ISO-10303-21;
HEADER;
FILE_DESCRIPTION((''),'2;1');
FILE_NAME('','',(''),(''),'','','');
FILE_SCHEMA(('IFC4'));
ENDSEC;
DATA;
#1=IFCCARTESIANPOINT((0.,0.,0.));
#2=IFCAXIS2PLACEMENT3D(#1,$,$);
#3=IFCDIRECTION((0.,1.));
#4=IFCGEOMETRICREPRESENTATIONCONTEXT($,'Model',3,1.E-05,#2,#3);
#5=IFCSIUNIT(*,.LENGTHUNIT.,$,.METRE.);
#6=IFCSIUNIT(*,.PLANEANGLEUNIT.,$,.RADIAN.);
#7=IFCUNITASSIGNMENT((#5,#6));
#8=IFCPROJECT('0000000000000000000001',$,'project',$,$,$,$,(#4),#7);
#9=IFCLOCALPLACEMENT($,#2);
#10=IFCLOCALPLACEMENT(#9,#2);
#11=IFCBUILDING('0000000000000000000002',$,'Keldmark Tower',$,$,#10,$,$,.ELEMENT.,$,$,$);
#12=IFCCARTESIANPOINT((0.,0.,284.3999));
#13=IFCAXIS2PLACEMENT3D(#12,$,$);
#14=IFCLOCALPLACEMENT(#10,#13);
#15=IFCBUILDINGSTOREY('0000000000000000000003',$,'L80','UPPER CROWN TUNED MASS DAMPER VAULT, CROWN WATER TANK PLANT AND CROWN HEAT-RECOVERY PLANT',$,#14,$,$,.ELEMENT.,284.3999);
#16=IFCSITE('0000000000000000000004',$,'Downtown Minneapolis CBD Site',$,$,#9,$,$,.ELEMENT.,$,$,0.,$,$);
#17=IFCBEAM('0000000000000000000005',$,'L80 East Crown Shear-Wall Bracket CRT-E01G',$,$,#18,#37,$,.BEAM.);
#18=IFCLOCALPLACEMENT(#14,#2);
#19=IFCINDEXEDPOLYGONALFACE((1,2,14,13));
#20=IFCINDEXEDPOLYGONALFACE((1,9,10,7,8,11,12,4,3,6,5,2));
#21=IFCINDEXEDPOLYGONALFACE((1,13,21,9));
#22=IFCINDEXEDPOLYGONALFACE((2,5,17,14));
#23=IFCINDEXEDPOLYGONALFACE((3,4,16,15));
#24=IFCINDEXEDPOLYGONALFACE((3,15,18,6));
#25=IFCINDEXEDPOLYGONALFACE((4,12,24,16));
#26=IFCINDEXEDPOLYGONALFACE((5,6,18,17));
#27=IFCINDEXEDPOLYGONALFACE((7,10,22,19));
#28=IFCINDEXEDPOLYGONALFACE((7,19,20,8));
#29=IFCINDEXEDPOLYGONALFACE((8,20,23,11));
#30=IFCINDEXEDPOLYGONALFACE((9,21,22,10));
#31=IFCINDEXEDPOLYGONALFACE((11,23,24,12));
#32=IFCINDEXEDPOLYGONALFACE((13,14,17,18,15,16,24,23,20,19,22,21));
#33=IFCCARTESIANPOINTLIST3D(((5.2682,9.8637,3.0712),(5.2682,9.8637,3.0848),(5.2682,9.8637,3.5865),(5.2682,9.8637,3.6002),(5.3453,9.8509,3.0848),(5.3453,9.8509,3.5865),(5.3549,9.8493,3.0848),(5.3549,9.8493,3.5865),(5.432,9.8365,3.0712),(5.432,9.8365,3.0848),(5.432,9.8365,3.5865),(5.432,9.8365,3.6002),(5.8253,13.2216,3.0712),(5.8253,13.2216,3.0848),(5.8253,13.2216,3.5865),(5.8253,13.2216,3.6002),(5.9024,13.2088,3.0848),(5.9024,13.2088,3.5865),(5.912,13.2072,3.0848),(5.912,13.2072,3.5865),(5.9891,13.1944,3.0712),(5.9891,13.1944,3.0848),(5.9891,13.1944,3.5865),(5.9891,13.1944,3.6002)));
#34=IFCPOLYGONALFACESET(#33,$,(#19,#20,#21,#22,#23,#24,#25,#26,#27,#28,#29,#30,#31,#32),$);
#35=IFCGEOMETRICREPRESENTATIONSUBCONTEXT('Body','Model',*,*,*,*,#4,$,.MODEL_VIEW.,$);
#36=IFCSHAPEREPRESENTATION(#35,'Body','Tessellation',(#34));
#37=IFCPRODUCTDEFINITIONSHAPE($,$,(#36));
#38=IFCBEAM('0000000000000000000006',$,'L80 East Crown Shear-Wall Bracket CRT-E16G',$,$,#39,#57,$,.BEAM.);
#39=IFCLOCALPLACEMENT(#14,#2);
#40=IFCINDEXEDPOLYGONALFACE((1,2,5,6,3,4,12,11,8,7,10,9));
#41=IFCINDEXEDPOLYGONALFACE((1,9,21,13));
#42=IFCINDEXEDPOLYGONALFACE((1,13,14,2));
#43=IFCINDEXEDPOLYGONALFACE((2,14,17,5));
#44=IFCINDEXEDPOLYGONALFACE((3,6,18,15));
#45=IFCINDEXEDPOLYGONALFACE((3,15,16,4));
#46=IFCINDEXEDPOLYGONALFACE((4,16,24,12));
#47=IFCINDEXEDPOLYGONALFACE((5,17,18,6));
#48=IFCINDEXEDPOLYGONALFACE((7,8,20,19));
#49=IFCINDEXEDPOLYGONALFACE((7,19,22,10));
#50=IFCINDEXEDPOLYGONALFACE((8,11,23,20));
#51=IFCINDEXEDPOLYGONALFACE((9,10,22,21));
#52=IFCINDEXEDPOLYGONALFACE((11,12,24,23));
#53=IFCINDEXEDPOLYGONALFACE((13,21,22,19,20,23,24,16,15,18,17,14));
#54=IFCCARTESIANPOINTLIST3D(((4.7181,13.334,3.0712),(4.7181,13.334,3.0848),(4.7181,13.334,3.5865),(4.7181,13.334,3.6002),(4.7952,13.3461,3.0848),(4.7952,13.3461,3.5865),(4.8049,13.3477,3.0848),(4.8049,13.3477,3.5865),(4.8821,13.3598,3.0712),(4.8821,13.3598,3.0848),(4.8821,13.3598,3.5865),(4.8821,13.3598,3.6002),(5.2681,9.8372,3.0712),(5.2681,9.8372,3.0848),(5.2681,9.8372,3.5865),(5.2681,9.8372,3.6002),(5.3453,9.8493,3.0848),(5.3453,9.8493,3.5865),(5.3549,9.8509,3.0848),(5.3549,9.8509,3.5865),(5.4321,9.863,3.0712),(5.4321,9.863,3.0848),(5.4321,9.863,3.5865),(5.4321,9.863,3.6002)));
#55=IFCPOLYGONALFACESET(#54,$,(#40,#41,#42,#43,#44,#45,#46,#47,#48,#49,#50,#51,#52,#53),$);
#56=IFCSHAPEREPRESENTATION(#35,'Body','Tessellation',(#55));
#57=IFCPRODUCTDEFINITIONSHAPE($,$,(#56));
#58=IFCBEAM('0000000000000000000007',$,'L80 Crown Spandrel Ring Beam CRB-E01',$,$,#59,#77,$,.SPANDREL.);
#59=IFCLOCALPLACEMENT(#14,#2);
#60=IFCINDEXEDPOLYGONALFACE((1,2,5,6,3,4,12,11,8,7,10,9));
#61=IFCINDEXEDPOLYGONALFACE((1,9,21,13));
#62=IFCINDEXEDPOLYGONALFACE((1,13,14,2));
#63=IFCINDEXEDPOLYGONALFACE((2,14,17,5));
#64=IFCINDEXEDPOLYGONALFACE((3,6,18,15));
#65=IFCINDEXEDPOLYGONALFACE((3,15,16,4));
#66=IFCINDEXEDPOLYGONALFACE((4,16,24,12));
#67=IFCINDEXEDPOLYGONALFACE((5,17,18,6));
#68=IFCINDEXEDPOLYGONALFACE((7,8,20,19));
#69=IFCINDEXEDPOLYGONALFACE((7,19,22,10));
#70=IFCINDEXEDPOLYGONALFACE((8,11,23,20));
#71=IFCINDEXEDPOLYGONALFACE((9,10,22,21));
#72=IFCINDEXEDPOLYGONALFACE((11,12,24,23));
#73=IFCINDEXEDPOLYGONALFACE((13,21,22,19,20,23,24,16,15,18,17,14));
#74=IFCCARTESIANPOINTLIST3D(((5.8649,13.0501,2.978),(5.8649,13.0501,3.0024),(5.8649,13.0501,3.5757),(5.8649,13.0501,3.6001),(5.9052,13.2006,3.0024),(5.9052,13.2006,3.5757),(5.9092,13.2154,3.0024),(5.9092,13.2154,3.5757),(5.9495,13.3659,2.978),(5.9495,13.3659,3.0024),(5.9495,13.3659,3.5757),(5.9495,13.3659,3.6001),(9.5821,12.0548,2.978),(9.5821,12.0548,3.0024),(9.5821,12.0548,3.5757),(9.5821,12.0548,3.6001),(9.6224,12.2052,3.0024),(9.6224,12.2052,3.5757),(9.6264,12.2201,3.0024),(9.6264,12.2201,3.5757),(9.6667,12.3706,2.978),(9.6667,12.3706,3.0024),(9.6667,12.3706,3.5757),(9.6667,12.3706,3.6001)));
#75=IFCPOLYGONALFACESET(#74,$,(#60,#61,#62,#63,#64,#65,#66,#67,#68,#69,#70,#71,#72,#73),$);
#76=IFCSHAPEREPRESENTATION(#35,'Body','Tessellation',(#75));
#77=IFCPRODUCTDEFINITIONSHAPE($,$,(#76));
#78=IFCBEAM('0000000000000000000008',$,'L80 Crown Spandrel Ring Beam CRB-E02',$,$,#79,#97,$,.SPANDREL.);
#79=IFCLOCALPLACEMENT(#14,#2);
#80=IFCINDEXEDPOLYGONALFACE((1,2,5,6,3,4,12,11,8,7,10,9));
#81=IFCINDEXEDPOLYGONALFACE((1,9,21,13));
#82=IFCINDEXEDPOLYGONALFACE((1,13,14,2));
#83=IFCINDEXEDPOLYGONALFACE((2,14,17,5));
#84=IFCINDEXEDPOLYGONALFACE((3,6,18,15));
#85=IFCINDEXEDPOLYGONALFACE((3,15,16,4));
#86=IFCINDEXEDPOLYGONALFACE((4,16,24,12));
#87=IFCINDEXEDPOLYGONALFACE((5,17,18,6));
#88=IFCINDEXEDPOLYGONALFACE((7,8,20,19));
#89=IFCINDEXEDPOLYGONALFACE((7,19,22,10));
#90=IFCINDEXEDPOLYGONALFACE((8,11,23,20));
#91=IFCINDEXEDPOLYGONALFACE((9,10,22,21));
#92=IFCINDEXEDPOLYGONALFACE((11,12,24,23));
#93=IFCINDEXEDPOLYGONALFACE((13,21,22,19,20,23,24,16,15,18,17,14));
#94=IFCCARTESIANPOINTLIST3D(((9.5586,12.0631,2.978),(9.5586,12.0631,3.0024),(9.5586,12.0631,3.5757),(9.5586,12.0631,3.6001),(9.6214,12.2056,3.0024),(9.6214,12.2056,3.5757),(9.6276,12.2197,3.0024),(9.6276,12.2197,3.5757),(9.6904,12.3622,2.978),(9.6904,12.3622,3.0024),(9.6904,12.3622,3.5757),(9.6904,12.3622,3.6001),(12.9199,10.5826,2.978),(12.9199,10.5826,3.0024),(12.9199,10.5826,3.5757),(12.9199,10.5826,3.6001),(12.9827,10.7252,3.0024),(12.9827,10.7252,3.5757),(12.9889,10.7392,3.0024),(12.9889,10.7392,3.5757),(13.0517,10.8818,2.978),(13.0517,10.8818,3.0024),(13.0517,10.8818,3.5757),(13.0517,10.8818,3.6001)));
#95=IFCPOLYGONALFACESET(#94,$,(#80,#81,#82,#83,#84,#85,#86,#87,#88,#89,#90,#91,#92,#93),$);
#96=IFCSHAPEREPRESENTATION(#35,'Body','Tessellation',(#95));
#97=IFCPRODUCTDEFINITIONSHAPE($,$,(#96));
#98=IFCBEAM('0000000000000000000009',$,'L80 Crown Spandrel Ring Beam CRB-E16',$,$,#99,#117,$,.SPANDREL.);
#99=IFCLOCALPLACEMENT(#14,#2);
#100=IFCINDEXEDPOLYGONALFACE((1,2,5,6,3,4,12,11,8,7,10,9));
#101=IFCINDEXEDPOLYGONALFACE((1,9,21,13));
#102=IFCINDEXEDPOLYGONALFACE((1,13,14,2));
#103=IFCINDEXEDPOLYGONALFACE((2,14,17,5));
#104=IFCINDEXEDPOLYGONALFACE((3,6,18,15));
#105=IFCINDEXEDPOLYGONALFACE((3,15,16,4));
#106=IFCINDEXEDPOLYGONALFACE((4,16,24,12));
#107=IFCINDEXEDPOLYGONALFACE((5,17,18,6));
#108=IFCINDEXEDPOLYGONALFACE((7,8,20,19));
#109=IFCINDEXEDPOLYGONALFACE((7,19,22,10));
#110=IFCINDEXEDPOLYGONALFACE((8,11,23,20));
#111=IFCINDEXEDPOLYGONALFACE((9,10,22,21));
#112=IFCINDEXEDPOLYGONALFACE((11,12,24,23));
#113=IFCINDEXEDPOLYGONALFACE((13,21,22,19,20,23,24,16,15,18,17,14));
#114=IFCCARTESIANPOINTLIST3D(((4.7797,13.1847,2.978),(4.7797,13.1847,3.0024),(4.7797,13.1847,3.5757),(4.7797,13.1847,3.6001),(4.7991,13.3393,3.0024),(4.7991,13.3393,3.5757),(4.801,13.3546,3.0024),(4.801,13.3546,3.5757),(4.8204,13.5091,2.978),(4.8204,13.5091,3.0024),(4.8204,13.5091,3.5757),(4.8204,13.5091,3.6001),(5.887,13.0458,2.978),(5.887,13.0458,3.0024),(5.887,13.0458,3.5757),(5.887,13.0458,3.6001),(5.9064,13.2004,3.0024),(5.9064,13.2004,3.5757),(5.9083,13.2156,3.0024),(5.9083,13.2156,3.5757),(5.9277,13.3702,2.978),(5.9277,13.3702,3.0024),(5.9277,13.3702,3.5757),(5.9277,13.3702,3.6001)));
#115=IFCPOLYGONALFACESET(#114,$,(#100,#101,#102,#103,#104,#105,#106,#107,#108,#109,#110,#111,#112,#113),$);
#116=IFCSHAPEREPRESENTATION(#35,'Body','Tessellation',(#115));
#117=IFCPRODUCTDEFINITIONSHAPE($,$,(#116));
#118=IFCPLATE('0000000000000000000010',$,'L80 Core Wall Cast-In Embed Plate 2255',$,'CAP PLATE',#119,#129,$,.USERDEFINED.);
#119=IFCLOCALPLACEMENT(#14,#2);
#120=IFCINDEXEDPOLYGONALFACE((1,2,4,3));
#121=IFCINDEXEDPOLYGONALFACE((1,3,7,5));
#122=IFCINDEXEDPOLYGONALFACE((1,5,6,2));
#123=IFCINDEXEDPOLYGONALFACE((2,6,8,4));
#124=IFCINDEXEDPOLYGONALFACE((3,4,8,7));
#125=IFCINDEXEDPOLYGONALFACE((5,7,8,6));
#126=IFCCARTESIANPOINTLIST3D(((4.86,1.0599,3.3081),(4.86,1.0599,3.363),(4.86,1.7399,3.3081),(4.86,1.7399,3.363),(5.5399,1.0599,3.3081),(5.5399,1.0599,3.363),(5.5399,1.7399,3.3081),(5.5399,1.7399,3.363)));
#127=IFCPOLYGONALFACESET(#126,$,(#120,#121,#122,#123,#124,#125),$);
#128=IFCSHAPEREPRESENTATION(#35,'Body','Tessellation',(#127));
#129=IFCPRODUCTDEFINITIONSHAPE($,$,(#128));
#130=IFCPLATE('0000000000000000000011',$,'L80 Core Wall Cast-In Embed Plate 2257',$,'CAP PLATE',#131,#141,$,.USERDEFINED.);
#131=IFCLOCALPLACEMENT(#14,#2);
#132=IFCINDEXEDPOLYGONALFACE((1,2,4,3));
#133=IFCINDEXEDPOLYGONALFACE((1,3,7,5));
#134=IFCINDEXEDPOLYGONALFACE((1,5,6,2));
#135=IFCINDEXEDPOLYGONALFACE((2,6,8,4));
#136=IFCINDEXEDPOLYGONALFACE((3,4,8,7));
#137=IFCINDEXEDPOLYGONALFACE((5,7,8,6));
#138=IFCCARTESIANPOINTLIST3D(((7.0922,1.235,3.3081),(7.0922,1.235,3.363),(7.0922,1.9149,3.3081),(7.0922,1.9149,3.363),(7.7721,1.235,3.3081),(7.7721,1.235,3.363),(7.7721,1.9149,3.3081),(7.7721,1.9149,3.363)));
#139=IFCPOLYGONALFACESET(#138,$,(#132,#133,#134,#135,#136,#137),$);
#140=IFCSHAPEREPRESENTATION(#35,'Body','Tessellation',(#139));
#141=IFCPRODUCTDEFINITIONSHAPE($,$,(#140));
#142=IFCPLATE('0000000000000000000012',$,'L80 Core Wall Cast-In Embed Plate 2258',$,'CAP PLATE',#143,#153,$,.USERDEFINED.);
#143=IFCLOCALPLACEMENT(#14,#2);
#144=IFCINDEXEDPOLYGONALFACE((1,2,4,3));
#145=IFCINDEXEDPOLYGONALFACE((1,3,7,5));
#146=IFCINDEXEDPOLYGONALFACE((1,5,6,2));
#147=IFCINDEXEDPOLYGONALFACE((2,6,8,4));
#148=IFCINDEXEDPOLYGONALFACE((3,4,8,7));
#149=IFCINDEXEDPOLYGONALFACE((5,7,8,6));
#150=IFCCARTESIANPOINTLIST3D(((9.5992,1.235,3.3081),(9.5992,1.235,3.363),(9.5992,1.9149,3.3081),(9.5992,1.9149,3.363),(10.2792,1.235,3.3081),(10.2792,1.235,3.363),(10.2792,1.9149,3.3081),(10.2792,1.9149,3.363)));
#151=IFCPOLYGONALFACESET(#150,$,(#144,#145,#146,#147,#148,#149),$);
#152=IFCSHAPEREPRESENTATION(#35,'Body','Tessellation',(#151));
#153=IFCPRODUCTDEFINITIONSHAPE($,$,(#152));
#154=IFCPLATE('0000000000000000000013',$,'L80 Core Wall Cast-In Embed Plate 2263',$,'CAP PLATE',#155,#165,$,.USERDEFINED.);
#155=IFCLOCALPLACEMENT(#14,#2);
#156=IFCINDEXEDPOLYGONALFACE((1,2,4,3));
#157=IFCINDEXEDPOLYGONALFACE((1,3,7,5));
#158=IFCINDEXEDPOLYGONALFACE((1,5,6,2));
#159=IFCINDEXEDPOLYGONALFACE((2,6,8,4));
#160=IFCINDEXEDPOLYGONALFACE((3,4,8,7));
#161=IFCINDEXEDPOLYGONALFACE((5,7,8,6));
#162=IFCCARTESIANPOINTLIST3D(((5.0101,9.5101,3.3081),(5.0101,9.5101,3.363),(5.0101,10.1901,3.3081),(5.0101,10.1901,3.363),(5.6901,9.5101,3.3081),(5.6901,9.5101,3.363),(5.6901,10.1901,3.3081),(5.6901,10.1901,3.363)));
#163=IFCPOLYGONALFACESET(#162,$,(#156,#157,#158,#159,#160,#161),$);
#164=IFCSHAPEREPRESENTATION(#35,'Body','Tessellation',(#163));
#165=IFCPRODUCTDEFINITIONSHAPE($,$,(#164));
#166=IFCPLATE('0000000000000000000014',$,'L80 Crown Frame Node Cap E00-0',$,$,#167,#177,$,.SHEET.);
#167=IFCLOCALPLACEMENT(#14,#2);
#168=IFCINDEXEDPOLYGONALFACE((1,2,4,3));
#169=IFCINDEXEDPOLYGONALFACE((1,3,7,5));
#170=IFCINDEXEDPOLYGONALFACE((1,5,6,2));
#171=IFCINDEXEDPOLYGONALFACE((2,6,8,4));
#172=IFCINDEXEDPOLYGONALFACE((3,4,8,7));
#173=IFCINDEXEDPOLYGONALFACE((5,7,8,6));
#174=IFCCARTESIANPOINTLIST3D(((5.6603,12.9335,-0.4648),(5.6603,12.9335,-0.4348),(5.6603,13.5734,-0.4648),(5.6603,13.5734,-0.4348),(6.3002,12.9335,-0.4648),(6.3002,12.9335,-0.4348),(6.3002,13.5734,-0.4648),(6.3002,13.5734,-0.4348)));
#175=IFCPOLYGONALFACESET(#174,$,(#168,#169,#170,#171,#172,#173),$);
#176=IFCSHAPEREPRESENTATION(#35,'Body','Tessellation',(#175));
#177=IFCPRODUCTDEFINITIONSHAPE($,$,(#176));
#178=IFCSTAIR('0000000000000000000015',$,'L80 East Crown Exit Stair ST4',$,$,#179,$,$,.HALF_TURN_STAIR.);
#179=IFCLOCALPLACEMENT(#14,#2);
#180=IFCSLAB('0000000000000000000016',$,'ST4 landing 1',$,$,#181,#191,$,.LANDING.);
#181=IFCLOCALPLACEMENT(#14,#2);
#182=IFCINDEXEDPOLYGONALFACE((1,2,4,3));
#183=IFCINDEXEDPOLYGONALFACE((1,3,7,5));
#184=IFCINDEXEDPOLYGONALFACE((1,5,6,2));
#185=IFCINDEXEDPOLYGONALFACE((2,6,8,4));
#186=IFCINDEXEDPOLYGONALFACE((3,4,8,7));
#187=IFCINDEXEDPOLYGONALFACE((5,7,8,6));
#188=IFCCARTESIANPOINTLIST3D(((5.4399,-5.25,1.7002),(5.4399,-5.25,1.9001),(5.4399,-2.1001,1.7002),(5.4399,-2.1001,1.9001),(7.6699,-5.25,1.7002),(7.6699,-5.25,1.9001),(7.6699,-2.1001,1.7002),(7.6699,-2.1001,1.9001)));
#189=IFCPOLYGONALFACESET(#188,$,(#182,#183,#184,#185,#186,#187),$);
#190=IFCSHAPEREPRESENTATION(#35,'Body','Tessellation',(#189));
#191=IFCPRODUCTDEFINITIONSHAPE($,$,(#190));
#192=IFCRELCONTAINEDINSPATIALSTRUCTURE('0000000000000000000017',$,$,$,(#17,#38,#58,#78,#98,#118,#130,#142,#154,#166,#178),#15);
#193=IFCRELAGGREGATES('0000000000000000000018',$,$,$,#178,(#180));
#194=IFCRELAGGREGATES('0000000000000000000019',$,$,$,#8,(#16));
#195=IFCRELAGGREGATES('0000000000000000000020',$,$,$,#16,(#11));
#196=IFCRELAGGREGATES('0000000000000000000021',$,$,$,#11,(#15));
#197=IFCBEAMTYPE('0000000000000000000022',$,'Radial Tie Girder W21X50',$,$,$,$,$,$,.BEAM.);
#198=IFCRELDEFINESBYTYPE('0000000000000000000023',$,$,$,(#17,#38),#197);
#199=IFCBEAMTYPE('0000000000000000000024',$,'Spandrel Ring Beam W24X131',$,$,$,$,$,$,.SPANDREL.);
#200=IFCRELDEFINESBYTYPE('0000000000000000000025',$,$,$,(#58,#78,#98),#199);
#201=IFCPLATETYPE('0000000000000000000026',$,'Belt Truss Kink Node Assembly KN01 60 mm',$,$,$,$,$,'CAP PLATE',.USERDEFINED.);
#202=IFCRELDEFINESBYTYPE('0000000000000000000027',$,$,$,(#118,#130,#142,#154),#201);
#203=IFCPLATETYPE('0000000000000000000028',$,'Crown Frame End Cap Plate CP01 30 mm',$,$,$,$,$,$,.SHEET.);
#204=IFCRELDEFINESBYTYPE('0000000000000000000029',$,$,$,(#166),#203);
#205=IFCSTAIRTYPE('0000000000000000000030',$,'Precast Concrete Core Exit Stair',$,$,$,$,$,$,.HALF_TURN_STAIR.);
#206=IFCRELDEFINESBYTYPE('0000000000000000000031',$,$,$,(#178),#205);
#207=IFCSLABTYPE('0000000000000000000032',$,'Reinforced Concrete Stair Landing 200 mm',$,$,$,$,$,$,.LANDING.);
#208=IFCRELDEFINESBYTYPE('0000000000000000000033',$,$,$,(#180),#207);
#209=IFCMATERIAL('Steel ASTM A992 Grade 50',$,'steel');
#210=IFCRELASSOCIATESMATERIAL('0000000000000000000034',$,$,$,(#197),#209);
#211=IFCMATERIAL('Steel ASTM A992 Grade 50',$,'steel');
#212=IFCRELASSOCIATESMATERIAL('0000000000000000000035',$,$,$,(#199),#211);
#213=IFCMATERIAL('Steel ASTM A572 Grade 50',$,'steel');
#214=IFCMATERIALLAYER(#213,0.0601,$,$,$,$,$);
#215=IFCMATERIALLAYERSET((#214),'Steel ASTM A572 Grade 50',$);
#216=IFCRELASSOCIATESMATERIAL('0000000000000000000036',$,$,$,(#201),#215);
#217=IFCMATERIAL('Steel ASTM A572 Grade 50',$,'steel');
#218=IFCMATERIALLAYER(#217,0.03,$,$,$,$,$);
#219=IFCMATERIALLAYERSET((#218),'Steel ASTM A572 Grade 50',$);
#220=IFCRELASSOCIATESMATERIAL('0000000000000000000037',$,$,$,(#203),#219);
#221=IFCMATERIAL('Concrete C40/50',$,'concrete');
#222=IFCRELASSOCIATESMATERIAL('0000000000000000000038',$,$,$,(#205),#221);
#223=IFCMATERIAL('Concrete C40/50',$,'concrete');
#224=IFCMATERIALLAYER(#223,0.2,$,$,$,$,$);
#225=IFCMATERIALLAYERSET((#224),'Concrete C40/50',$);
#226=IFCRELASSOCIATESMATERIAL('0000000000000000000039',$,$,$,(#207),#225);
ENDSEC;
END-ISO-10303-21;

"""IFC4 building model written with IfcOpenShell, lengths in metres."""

from ifc_helpers import new_model, si_unit, direction, frame, origin, origin_2d, place, context, subcontext, project, spatial, polyline, rectangle, i_section, outline, extrude, material, layer, layer_set, material_profile, profile_set, type_object, element, aggregate, save


model = new_model("IFC4")

# Units and contexts
model_context = context("Model", 3, precision=1e-05, world=origin(), true_north=direction((0.0, 1.0)))
body_context = subcontext(model_context, "Body", "Model", "MODEL_VIEW")
ifc_project = project(units=[si_unit("LENGTHUNIT", "METRE"), si_unit("PLANEANGLEUNIT", "RADIAN")], contexts=[model_context])

# Site, building, storey
site_placement = place(None, origin())
site = spatial("IfcSite", under=ifc_project, at=site_placement, Name="Downtown Minneapolis CBD Site", CompositionType="ELEMENT", RefElevation=0.0)
building_placement = place(site_placement, origin())
building = spatial("IfcBuilding", under=site, at=building_placement, Name="Keldmark Tower", CompositionType="ELEMENT")
storey_placement = place(building_placement, frame((0.0, 0.0, 284.3999)))
storey = spatial("IfcBuildingStorey", under=building, at=storey_placement, Name="L80", Description="UPPER CROWN TUNED MASS DAMPER VAULT, CROWN WATER TANK PLANT AND CROWN HEAT-RECOVERY PLANT", CompositionType="ELEMENT", Elevation=284.3999)

# Beams
ifc_material_1 = material(Name="Steel ASTM A992 Grade 50", Category="steel")
ifc_material_profile_1 = material_profile(ifc_material_1, i_section(OverallWidth=0.166, OverallDepth=0.5291, WebThickness=0.0098, FlangeThickness=0.0137, at=origin_2d()), Name="W21X50")
ifc_profile_set_1 = profile_set([ifc_material_profile_1], Name="Steel ASTM A992 Grade 50")
beam_type_1 = type_object("IfcBeamType", Name="Radial Tie Girder W21X50", PredefinedType="BEAM", material=ifc_profile_set_1)
beam_1_placement = place(storey_placement, frame((5.3501, 9.8501, 3.3357), z_axis=(0.163678, 0.986514, 0.0), x_axis=(-0.986514, 0.163678, 0.0)))
element("IfcBeam", 1, at=beam_1_placement, inside=storey, type_object=beam_type_1, Name="L80 East Crown Shear-Wall Bracket CRT-E01G", PredefinedType="BEAM", context=body_context, shape_type="SweptSolid", body=[
    extrude(i_section(OverallWidth=0.166, OverallDepth=0.5291, WebThickness=0.0098, FlangeThickness=0.0137, at=origin_2d()), origin(), (0.0, 0.0, 1.0), 3.4038),
])
beam_2_placement = place(storey_placement, frame((5.3501, 9.8501, 3.3357), z_axis=(-0.155389, 0.987853, 0.0), x_axis=(-0.987853, -0.155389, 0.0)))
element("IfcBeam", 2, at=beam_2_placement, inside=storey, type_object=beam_type_1, Name="L80 East Crown Shear-Wall Bracket CRT-E16G", PredefinedType="BEAM", context=body_context, shape_type="SweptSolid", body=[
    extrude(i_section(OverallWidth=0.166, OverallDepth=0.5291, WebThickness=0.0098, FlangeThickness=0.0137, at=origin_2d()), origin(), (0.0, 0.0, 1.0), 3.5398),
])
ifc_material_2 = material(Name="Steel ASTM A992 Grade 50", Category="steel")
ifc_material_profile_2 = material_profile(ifc_material_2, i_section(OverallWidth=0.3269, OverallDepth=0.6221, WebThickness=0.0154, FlangeThickness=0.0244, at=origin_2d()), Name="W24X131")
ifc_profile_set_2 = profile_set([ifc_material_profile_2], Name="Steel ASTM A992 Grade 50")
beam_type_2 = type_object("IfcBeamType", Name="Spandrel Ring Beam W24X131", PredefinedType="SPANDREL", material=ifc_profile_set_2)
beam_3_placement = place(storey_placement, frame((5.9072, 13.208, 3.2891), z_axis=(0.96597, -0.258654, 0.0), x_axis=(0.258654, 0.96597, 0.0)))
element("IfcBeam", 3, at=beam_3_placement, inside=storey, type_object=beam_type_2, Name="L80 Crown Spandrel Ring Beam CRB-E01", PredefinedType="SPANDREL", context=body_context, shape_type="SweptSolid", body=[
    extrude(i_section(OverallWidth=0.3269, OverallDepth=0.6221, WebThickness=0.0154, FlangeThickness=0.0244, at=origin_2d()), origin(), (0.0, 0.0, 1.0), 3.8481),
])
beam_4_placement = place(storey_placement, frame((9.6245, 12.2126, 3.2891), z_axis=(0.915166, -0.403077, 0.0), x_axis=(0.403077, 0.915166, 0.0)))
element("IfcBeam", 4, at=beam_4_placement, inside=storey, type_object=beam_type_2, Name="L80 Crown Spandrel Ring Beam CRB-E02", PredefinedType="SPANDREL", context=body_context, shape_type="SweptSolid", body=[
    extrude(i_section(OverallWidth=0.3269, OverallDepth=0.6221, WebThickness=0.0154, FlangeThickness=0.0244, at=origin_2d()), origin(), (0.0, 0.0, 1.0), 3.6729),
])
beam_5_placement = place(storey_placement, frame((4.8, 13.3469, 3.2891), z_axis=(0.992221, -0.124493, 0.0), x_axis=(0.124493, 0.992221, 0.0)))
element("IfcBeam", 5, at=beam_5_placement, inside=storey, type_object=beam_type_2, Name="L80 Crown Spandrel Ring Beam CRB-E16", PredefinedType="SPANDREL", context=body_context, shape_type="SweptSolid", body=[
    extrude(i_section(OverallWidth=0.3269, OverallDepth=0.6221, WebThickness=0.0154, FlangeThickness=0.0244, at=origin_2d()), origin(), (0.0, 0.0, 1.0), 1.116),
])

# Plates
ifc_material_3 = material(Name="Steel ASTM A572 Grade 50", Category="steel")
ifc_layer_1 = layer(ifc_material_3, 0.0601)
ifc_layer_set_1 = layer_set([ifc_layer_1], Name="Steel ASTM A572 Grade 50")
plate_type_1 = type_object("IfcPlateType", Name="Belt Truss Kink Node Assembly KN01 60 mm", ElementType="CAP PLATE", PredefinedType="USERDEFINED", material=ifc_layer_set_1)
for number, where, z_axis, x_axis, name in (
    (6, (5.2, 1.3999, 3.3081), (0.0, 0.0, 1.0), (1.0, 0.0, 0.0), "L80 Core Wall Cast-In Embed Plate 2255"),
    (7, (7.4321, 1.575, 3.3081), (0.0, 0.0, 1.0), (1.0, 0.0, 0.0), "L80 Core Wall Cast-In Embed Plate 2257"),
    (8, (9.9392, 1.575, 3.3081), (0.0, 0.0, 1.0), (1.0, 0.0, 0.0), "L80 Core Wall Cast-In Embed Plate 2258"),
    (9, (5.3501, 9.8501, 3.3081), (0.0, 0.0, 1.0), (1.0, 0.0, 0.0), "L80 Core Wall Cast-In Embed Plate 2263"),
):
    element("IfcPlate", number, at=place(storey_placement, frame(where, z_axis=z_axis, x_axis=x_axis)), inside=storey, type_object=plate_type_1, Name=name, ObjectType="CAP PLATE", PredefinedType="USERDEFINED", context=body_context, shape_type="SweptSolid", body=[
        extrude(rectangle(XDim=0.6799, YDim=0.6799, at=origin_2d()), origin(), (0.0, 0.0, 1.0), 0.0549),
    ])
ifc_material_4 = material(Name="Steel ASTM A572 Grade 50", Category="steel")
ifc_layer_2 = layer(ifc_material_4, 0.03)
ifc_layer_set_2 = layer_set([ifc_layer_2], Name="Steel ASTM A572 Grade 50")
plate_type_2 = type_object("IfcPlateType", Name="Crown Frame End Cap Plate CP01 30 mm", PredefinedType="SHEET", material=ifc_layer_set_2)
plate_placement = place(storey_placement, frame((5.9802, 13.2534, -0.4648), z_axis=(0.0, 0.0, 1.0), x_axis=(1.0, 0.0, 0.0)))
element("IfcPlate", 10, at=plate_placement, inside=storey, type_object=plate_type_2, Name="L80 Crown Frame Node Cap E00-0", PredefinedType="SHEET", context=body_context, shape_type="SweptSolid", body=[
    extrude(rectangle(XDim=0.6399, YDim=0.6399, at=origin_2d()), origin(), (0.0, 0.0, 1.0), 0.03),
])

# Stair, slab
ifc_material_5 = material(Name="Concrete C40/50", Category="concrete")
stair_type = type_object("IfcStairType", Name="Precast Concrete Core Exit Stair", PredefinedType="HALF_TURN_STAIR", material=ifc_material_5)
stair_1_placement = place(storey_placement, origin())
stair_1 = element("IfcStair", 11, at=stair_1_placement, inside=storey, type_object=stair_type, Name="L80 East Crown Exit Stair ST4", PredefinedType="HALF_TURN_STAIR")
ifc_material_6 = material(Name="Concrete C40/50", Category="concrete")
ifc_layer_3 = layer(ifc_material_6, 0.2)
ifc_layer_set_3 = layer_set([ifc_layer_3], Name="Concrete C40/50")
slab_type = type_object("IfcSlabType", Name="Reinforced Concrete Stair Landing 200 mm", PredefinedType="LANDING", material=ifc_layer_set_3)
slab_placement = place(storey_placement, frame((0.0, 0.0, 1.7002)))
slab = element("IfcSlab", 12, at=slab_placement, type_object=slab_type, Name="ST4 landing 1", PredefinedType="LANDING", context=body_context, shape_type="SweptSolid", body=[
    extrude(outline(polyline([(7.6699, -2.1001), (5.4399, -2.1001), (5.4399, -5.25), (7.6699, -5.25), (7.6699, -2.1001)])), origin(), (0.0, 0.0, 1.0), 0.2),
])
aggregate(stair_1, [slab])

save(model, "model.ifc")
